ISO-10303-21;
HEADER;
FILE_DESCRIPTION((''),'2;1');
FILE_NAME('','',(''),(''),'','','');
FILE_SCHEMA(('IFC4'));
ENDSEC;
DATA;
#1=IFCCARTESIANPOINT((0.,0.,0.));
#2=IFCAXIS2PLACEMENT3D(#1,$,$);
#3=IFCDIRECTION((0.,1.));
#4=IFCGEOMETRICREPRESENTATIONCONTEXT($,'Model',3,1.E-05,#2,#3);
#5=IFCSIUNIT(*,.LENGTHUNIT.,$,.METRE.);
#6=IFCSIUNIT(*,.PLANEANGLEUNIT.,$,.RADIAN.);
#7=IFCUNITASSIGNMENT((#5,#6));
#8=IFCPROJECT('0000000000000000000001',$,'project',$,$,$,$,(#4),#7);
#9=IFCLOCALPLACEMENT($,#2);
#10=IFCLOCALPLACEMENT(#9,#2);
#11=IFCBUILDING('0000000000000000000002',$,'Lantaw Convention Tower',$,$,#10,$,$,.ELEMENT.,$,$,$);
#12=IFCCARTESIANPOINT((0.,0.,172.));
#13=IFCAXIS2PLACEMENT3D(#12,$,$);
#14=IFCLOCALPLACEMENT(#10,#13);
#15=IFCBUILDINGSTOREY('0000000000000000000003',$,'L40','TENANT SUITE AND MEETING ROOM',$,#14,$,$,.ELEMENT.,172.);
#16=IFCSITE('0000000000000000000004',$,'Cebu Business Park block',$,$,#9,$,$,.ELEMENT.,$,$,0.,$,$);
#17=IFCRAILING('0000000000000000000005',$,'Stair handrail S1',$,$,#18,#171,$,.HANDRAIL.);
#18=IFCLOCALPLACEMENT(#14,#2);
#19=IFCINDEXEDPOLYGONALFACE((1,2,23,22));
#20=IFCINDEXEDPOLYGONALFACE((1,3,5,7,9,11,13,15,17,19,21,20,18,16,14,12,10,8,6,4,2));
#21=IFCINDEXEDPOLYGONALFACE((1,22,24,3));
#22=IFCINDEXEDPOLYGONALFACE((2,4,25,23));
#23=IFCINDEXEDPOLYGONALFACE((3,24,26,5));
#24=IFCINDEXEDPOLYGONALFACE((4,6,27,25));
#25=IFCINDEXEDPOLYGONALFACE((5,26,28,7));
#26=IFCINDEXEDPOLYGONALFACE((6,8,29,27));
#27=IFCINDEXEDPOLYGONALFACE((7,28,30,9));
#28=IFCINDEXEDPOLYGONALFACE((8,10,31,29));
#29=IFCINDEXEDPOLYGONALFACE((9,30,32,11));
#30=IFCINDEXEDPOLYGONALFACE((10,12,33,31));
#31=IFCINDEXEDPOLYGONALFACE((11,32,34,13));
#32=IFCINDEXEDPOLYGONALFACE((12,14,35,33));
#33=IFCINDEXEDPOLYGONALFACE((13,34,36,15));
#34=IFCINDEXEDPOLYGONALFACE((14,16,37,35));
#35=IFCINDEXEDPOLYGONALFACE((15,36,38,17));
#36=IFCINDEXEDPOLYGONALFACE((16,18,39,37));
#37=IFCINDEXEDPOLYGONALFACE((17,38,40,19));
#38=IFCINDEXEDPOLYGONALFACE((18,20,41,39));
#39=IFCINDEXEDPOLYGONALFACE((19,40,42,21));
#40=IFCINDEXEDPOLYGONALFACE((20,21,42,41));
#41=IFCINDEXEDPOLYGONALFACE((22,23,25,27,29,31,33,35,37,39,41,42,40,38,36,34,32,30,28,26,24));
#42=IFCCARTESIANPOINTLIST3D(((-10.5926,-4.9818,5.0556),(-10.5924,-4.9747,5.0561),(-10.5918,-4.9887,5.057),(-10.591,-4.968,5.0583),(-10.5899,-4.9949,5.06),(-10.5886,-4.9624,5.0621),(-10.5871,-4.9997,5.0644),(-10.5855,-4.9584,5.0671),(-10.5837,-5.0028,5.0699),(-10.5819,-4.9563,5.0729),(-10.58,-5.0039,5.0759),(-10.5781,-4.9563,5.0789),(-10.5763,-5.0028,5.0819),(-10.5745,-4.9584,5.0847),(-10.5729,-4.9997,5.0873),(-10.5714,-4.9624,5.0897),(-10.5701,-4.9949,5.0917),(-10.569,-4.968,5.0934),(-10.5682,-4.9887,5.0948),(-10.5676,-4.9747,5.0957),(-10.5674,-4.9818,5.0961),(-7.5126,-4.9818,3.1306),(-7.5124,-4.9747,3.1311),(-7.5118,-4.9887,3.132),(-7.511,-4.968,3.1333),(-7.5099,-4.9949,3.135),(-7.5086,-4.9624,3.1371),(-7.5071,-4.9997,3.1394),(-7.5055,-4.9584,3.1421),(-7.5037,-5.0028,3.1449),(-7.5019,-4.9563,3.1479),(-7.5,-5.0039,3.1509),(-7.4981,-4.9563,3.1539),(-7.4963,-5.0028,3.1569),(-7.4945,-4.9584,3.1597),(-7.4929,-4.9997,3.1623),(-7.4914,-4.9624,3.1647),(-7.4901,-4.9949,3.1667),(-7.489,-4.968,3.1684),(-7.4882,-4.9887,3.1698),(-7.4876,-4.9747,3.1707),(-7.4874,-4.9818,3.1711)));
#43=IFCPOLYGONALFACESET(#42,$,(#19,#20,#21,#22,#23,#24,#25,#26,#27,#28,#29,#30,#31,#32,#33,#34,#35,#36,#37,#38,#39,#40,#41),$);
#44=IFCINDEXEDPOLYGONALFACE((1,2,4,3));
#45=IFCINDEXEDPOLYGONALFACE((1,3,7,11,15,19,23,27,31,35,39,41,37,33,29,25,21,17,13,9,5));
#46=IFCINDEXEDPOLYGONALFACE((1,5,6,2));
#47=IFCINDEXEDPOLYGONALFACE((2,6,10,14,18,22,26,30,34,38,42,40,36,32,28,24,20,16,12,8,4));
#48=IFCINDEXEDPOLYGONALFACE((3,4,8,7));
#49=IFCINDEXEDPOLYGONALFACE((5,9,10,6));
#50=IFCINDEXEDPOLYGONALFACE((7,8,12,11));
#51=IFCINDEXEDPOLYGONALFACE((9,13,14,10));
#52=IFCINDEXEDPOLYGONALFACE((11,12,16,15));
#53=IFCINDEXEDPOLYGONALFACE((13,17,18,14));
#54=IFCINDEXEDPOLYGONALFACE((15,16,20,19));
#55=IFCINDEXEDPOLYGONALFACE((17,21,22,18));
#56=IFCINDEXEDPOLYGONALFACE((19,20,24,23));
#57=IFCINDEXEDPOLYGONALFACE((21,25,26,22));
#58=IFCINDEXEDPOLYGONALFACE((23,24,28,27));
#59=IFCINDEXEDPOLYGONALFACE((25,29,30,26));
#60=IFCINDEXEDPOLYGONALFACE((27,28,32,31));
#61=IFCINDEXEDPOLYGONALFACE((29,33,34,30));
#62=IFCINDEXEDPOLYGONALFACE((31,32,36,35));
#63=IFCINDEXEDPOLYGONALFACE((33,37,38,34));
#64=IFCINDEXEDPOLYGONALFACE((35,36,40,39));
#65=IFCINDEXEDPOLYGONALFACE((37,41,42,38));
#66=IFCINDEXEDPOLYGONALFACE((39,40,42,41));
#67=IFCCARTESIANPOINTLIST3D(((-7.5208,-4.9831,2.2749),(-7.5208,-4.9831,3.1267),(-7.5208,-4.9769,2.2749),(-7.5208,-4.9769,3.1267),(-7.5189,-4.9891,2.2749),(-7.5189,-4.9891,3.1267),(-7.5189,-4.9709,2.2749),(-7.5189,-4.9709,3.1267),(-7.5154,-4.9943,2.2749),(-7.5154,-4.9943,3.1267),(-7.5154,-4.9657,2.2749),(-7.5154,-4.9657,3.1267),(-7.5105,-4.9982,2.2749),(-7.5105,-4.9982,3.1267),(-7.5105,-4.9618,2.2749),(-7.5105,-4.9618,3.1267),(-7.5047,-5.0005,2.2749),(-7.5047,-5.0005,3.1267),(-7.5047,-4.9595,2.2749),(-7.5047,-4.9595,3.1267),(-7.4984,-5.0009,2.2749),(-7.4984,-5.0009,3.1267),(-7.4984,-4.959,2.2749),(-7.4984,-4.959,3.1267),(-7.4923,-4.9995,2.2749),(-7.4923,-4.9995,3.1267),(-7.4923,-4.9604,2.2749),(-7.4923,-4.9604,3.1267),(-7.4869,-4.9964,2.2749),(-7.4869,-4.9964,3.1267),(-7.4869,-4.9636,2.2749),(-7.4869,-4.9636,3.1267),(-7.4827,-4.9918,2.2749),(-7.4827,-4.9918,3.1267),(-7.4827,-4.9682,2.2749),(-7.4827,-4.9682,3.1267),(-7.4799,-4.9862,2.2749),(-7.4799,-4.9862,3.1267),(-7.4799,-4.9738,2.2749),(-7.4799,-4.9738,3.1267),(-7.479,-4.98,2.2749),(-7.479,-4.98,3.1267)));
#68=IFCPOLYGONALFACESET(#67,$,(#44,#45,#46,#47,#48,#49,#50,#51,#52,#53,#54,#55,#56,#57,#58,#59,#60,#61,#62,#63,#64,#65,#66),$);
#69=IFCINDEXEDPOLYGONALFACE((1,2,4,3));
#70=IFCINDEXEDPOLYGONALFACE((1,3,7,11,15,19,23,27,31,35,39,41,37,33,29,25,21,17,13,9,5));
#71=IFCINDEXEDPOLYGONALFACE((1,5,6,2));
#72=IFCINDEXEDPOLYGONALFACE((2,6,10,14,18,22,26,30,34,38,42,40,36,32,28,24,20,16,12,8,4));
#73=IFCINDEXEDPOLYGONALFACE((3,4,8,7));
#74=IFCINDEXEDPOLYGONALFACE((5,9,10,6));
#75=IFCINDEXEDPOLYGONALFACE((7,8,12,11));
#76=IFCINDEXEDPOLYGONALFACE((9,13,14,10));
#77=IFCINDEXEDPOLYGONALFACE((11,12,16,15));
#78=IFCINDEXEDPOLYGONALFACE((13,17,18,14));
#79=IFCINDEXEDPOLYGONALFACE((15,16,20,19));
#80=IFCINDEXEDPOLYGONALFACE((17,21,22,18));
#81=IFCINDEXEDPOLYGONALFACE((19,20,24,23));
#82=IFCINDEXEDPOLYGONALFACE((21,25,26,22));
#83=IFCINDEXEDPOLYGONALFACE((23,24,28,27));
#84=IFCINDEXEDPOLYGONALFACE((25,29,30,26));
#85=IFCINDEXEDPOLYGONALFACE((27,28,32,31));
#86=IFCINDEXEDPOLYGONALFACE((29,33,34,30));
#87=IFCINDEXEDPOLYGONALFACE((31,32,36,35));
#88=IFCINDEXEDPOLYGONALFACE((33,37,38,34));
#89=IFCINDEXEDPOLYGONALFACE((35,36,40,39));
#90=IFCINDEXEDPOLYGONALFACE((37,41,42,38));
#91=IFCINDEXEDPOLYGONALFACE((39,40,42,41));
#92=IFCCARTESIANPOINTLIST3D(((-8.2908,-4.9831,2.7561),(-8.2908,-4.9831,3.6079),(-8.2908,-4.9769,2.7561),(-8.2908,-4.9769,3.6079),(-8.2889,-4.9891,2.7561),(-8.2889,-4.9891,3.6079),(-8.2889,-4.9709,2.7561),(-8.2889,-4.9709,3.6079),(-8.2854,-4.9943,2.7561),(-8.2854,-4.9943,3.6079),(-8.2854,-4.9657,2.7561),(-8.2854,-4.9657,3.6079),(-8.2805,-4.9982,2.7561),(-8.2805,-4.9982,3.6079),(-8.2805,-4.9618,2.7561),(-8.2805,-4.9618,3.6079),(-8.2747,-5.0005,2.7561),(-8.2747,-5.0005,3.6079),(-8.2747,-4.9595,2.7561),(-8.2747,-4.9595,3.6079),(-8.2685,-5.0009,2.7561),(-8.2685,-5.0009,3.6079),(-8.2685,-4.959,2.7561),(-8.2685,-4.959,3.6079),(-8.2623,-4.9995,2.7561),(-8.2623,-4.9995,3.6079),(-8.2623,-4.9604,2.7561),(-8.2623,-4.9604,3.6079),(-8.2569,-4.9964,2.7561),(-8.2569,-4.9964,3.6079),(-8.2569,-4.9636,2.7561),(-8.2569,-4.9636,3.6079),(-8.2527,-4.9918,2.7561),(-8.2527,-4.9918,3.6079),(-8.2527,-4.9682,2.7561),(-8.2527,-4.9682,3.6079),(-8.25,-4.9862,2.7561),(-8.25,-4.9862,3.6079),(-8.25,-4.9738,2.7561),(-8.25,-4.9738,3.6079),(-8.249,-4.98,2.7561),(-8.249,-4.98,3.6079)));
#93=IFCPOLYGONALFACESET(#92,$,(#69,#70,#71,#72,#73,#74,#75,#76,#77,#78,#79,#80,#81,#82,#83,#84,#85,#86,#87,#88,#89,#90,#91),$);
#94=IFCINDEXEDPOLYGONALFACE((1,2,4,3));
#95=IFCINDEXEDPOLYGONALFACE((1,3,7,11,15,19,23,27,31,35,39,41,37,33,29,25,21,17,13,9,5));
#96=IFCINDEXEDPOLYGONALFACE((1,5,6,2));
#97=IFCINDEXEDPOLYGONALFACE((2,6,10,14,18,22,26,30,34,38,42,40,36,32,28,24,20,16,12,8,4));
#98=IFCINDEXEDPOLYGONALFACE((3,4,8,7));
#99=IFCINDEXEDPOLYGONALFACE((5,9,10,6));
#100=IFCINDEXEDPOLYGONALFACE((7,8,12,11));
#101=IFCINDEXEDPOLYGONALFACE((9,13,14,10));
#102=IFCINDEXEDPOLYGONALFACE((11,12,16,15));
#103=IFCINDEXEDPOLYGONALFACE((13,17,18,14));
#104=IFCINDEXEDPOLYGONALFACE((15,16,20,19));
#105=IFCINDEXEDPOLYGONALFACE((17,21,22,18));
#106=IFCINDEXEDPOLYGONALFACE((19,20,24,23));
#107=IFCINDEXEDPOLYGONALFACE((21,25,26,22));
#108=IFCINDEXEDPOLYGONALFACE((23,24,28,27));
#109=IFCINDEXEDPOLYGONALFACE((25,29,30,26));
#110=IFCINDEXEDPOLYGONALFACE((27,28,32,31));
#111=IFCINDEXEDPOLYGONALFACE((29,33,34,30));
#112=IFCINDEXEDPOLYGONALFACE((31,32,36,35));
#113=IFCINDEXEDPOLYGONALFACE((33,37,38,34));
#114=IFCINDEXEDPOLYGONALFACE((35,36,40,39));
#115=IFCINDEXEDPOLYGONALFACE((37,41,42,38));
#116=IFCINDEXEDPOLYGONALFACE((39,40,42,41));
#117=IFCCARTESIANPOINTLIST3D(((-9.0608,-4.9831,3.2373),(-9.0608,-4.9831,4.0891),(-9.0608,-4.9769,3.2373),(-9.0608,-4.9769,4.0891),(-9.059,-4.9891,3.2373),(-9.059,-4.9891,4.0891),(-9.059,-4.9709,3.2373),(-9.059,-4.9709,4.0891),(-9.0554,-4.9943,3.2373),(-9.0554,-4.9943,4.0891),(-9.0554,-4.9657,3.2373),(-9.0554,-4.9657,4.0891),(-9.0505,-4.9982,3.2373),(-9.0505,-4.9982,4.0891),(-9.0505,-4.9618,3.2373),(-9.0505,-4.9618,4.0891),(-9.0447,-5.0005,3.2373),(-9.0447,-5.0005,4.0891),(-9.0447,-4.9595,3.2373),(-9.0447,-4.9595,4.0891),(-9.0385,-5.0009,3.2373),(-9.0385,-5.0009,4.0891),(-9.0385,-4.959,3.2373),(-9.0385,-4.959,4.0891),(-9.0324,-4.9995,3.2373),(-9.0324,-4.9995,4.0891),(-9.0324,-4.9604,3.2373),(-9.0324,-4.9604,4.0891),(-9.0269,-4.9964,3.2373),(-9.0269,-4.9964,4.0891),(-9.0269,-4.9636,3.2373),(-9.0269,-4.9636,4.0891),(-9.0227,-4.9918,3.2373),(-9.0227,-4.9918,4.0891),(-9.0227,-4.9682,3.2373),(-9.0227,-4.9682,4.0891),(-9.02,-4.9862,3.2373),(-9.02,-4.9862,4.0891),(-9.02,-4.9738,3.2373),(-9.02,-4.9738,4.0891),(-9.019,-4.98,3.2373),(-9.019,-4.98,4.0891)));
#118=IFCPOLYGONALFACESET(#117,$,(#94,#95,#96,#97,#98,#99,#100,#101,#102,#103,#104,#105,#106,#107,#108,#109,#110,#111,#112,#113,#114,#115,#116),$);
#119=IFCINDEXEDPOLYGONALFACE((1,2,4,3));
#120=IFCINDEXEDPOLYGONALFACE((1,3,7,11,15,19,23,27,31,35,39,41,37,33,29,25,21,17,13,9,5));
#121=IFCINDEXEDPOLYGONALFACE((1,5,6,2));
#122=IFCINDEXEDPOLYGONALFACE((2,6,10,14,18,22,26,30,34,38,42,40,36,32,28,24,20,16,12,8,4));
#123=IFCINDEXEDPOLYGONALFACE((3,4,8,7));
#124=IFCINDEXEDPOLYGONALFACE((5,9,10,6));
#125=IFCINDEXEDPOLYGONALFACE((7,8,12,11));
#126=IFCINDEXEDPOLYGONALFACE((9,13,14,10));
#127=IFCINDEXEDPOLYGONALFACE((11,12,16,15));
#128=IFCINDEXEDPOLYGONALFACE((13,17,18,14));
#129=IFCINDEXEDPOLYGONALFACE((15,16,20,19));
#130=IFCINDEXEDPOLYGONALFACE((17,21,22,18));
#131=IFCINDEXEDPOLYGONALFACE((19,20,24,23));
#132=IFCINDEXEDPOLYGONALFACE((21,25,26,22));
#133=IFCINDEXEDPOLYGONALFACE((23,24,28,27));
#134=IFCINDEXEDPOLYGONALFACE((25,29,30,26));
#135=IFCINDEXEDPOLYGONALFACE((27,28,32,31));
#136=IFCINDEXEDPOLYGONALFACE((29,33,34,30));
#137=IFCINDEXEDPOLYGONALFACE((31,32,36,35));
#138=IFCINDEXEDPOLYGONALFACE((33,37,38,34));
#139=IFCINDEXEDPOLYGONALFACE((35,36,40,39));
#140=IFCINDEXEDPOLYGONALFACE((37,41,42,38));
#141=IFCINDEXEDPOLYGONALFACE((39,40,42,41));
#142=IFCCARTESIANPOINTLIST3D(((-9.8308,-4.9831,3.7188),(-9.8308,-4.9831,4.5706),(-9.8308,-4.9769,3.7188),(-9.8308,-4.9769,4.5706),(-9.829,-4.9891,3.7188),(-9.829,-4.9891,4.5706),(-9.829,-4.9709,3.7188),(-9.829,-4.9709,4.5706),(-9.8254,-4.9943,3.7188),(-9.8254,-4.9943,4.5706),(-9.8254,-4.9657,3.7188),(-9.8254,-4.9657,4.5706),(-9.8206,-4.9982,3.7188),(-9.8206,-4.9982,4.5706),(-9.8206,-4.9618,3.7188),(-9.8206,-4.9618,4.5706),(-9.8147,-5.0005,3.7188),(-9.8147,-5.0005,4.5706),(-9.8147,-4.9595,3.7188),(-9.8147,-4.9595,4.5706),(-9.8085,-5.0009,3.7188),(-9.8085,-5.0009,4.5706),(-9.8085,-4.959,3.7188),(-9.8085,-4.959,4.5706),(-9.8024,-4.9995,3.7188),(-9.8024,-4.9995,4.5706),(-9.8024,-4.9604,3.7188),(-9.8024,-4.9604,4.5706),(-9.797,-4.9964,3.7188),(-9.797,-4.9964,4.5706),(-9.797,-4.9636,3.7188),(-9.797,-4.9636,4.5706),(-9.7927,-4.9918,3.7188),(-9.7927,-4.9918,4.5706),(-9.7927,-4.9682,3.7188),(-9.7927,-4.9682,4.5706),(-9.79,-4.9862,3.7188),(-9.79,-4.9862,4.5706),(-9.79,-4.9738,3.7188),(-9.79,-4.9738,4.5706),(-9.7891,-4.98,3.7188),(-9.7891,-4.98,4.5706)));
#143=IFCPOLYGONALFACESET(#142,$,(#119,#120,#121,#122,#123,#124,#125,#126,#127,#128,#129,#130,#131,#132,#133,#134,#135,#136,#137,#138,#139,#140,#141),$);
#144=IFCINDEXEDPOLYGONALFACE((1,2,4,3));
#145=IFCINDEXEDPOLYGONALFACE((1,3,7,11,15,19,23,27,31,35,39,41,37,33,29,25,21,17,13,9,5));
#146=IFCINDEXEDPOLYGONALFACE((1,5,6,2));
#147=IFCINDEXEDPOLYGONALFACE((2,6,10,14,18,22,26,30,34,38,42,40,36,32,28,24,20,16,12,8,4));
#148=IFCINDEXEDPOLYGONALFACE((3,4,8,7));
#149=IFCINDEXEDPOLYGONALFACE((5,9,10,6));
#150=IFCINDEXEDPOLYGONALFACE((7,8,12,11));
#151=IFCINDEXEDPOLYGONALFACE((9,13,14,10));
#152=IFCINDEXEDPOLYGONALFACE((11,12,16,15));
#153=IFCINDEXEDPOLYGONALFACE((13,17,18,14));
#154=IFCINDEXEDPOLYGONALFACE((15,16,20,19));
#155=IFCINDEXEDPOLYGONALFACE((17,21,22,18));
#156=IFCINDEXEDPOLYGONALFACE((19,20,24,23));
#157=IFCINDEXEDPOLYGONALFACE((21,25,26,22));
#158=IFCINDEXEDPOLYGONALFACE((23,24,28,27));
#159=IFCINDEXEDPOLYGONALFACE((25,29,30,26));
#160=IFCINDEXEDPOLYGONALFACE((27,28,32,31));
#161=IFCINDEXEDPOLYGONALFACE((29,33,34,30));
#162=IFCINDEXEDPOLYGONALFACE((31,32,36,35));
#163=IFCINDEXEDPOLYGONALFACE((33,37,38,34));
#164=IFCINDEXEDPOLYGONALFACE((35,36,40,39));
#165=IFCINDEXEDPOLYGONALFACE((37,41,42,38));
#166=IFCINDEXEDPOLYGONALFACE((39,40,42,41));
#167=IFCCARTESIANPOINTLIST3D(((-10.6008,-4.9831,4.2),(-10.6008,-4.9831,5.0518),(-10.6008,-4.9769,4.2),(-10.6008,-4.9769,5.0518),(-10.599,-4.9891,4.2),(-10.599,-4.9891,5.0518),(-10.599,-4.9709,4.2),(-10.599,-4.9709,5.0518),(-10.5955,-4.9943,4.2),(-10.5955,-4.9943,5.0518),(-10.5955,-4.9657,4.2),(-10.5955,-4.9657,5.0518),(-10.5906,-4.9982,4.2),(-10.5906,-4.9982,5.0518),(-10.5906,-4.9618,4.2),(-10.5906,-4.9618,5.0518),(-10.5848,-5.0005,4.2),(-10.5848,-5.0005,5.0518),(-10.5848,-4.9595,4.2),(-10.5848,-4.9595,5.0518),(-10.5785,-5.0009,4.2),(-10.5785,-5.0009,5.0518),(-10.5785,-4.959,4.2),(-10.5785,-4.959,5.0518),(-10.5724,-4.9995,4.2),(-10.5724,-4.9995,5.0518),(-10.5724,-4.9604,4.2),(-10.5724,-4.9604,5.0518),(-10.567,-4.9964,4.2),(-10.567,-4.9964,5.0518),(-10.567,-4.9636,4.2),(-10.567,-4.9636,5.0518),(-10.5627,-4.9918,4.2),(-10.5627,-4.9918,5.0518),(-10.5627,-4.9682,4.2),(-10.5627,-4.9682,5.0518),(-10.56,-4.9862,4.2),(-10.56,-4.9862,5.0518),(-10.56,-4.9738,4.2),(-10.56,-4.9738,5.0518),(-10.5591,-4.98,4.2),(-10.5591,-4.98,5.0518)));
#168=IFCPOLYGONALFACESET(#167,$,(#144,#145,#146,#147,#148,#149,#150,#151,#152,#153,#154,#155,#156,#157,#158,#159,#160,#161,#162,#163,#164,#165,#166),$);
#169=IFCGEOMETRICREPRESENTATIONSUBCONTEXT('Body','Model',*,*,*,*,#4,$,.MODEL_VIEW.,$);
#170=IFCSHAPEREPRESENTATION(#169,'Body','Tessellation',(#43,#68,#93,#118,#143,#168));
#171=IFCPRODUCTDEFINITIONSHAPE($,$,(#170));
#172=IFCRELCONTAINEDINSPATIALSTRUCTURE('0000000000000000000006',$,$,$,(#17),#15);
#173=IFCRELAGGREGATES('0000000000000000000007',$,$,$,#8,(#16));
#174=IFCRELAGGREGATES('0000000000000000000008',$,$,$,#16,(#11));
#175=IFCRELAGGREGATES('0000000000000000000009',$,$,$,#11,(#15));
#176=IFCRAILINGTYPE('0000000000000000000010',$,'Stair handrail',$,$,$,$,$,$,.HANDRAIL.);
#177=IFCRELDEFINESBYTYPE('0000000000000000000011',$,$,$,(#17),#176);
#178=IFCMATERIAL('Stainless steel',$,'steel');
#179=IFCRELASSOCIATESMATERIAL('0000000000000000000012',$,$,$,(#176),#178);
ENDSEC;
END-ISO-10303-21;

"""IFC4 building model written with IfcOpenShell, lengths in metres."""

from ifc_helpers import new_model, si_unit, direction, frame, origin, origin_2d, place, context, subcontext, project, spatial, circle, extrude, material, type_object, element, save


model = new_model("IFC4")

# Units and contexts
model_context = context("Model", 3, precision=1e-05, world=origin(), true_north=direction((0.0, 1.0)))
body_context = subcontext(model_context, "Body", "Model", "MODEL_VIEW")
ifc_project = project(units=[si_unit("LENGTHUNIT", "METRE"), si_unit("PLANEANGLEUNIT", "RADIAN")], contexts=[model_context])

# Site, building, storey
site_placement = place(None, origin())
site = spatial("IfcSite", under=ifc_project, at=site_placement, Name="Cebu Business Park block", CompositionType="ELEMENT", RefElevation=0.0)
building_placement = place(site_placement, origin())
building = spatial("IfcBuilding", under=site, at=building_placement, Name="Lantaw Convention Tower", CompositionType="ELEMENT")
storey_placement = place(building_placement, frame((0.0, 0.0, 172.0)))
storey = spatial("IfcBuildingStorey", under=building, at=storey_placement, Name="L40", Description="TENANT SUITE AND MEETING ROOM", CompositionType="ELEMENT", Elevation=172.0)

# Railing
ifc_material_1 = material(Name="Stainless steel", Category="steel")
railing_type = type_object("IfcRailingType", Name="Stair handrail", PredefinedType="HANDRAIL", material=ifc_material_1)
railing_1_placement = place(storey_placement, frame((-7.5, -4.98, 2.2749)))
element("IfcRailing", 1, at=railing_1_placement, inside=storey, type_object=railing_type, Name="Stair handrail S1", PredefinedType="HANDRAIL", context=body_context, shape_type="SweptSolid", body=[
    extrude(circle(Radius=0.0239, at=origin_2d()), frame((0.0, 0.0, 0.876), z_axis=(-0.847998, 0.0, 0.529999), x_axis=(0.0, -1.0, 0.0)), (0.0, 0.0, 1.0), 3.6321),
    extrude(circle(Radius=0.021, at=origin_2d()), origin(), (0.0, 0.0, 1.0), 0.8518),
    extrude(circle(Radius=0.021, at=origin_2d()), frame((-0.77, 0.0, 0.4812)), (0.0, 0.0, 1.0), 0.8518),
    extrude(circle(Radius=0.021, at=origin_2d()), frame((-1.54, 0.0, 0.9624)), (0.0, 0.0, 1.0), 0.8518),
    extrude(circle(Radius=0.021, at=origin_2d()), frame((-2.3101, 0.0, 1.4438)), (0.0, 0.0, 1.0), 0.8518),
    extrude(circle(Radius=0.021, at=origin_2d()), frame((-3.0801, 0.0, 1.925)), (0.0, 0.0, 1.0), 0.8518),
])

save(model, "model.ifc")
